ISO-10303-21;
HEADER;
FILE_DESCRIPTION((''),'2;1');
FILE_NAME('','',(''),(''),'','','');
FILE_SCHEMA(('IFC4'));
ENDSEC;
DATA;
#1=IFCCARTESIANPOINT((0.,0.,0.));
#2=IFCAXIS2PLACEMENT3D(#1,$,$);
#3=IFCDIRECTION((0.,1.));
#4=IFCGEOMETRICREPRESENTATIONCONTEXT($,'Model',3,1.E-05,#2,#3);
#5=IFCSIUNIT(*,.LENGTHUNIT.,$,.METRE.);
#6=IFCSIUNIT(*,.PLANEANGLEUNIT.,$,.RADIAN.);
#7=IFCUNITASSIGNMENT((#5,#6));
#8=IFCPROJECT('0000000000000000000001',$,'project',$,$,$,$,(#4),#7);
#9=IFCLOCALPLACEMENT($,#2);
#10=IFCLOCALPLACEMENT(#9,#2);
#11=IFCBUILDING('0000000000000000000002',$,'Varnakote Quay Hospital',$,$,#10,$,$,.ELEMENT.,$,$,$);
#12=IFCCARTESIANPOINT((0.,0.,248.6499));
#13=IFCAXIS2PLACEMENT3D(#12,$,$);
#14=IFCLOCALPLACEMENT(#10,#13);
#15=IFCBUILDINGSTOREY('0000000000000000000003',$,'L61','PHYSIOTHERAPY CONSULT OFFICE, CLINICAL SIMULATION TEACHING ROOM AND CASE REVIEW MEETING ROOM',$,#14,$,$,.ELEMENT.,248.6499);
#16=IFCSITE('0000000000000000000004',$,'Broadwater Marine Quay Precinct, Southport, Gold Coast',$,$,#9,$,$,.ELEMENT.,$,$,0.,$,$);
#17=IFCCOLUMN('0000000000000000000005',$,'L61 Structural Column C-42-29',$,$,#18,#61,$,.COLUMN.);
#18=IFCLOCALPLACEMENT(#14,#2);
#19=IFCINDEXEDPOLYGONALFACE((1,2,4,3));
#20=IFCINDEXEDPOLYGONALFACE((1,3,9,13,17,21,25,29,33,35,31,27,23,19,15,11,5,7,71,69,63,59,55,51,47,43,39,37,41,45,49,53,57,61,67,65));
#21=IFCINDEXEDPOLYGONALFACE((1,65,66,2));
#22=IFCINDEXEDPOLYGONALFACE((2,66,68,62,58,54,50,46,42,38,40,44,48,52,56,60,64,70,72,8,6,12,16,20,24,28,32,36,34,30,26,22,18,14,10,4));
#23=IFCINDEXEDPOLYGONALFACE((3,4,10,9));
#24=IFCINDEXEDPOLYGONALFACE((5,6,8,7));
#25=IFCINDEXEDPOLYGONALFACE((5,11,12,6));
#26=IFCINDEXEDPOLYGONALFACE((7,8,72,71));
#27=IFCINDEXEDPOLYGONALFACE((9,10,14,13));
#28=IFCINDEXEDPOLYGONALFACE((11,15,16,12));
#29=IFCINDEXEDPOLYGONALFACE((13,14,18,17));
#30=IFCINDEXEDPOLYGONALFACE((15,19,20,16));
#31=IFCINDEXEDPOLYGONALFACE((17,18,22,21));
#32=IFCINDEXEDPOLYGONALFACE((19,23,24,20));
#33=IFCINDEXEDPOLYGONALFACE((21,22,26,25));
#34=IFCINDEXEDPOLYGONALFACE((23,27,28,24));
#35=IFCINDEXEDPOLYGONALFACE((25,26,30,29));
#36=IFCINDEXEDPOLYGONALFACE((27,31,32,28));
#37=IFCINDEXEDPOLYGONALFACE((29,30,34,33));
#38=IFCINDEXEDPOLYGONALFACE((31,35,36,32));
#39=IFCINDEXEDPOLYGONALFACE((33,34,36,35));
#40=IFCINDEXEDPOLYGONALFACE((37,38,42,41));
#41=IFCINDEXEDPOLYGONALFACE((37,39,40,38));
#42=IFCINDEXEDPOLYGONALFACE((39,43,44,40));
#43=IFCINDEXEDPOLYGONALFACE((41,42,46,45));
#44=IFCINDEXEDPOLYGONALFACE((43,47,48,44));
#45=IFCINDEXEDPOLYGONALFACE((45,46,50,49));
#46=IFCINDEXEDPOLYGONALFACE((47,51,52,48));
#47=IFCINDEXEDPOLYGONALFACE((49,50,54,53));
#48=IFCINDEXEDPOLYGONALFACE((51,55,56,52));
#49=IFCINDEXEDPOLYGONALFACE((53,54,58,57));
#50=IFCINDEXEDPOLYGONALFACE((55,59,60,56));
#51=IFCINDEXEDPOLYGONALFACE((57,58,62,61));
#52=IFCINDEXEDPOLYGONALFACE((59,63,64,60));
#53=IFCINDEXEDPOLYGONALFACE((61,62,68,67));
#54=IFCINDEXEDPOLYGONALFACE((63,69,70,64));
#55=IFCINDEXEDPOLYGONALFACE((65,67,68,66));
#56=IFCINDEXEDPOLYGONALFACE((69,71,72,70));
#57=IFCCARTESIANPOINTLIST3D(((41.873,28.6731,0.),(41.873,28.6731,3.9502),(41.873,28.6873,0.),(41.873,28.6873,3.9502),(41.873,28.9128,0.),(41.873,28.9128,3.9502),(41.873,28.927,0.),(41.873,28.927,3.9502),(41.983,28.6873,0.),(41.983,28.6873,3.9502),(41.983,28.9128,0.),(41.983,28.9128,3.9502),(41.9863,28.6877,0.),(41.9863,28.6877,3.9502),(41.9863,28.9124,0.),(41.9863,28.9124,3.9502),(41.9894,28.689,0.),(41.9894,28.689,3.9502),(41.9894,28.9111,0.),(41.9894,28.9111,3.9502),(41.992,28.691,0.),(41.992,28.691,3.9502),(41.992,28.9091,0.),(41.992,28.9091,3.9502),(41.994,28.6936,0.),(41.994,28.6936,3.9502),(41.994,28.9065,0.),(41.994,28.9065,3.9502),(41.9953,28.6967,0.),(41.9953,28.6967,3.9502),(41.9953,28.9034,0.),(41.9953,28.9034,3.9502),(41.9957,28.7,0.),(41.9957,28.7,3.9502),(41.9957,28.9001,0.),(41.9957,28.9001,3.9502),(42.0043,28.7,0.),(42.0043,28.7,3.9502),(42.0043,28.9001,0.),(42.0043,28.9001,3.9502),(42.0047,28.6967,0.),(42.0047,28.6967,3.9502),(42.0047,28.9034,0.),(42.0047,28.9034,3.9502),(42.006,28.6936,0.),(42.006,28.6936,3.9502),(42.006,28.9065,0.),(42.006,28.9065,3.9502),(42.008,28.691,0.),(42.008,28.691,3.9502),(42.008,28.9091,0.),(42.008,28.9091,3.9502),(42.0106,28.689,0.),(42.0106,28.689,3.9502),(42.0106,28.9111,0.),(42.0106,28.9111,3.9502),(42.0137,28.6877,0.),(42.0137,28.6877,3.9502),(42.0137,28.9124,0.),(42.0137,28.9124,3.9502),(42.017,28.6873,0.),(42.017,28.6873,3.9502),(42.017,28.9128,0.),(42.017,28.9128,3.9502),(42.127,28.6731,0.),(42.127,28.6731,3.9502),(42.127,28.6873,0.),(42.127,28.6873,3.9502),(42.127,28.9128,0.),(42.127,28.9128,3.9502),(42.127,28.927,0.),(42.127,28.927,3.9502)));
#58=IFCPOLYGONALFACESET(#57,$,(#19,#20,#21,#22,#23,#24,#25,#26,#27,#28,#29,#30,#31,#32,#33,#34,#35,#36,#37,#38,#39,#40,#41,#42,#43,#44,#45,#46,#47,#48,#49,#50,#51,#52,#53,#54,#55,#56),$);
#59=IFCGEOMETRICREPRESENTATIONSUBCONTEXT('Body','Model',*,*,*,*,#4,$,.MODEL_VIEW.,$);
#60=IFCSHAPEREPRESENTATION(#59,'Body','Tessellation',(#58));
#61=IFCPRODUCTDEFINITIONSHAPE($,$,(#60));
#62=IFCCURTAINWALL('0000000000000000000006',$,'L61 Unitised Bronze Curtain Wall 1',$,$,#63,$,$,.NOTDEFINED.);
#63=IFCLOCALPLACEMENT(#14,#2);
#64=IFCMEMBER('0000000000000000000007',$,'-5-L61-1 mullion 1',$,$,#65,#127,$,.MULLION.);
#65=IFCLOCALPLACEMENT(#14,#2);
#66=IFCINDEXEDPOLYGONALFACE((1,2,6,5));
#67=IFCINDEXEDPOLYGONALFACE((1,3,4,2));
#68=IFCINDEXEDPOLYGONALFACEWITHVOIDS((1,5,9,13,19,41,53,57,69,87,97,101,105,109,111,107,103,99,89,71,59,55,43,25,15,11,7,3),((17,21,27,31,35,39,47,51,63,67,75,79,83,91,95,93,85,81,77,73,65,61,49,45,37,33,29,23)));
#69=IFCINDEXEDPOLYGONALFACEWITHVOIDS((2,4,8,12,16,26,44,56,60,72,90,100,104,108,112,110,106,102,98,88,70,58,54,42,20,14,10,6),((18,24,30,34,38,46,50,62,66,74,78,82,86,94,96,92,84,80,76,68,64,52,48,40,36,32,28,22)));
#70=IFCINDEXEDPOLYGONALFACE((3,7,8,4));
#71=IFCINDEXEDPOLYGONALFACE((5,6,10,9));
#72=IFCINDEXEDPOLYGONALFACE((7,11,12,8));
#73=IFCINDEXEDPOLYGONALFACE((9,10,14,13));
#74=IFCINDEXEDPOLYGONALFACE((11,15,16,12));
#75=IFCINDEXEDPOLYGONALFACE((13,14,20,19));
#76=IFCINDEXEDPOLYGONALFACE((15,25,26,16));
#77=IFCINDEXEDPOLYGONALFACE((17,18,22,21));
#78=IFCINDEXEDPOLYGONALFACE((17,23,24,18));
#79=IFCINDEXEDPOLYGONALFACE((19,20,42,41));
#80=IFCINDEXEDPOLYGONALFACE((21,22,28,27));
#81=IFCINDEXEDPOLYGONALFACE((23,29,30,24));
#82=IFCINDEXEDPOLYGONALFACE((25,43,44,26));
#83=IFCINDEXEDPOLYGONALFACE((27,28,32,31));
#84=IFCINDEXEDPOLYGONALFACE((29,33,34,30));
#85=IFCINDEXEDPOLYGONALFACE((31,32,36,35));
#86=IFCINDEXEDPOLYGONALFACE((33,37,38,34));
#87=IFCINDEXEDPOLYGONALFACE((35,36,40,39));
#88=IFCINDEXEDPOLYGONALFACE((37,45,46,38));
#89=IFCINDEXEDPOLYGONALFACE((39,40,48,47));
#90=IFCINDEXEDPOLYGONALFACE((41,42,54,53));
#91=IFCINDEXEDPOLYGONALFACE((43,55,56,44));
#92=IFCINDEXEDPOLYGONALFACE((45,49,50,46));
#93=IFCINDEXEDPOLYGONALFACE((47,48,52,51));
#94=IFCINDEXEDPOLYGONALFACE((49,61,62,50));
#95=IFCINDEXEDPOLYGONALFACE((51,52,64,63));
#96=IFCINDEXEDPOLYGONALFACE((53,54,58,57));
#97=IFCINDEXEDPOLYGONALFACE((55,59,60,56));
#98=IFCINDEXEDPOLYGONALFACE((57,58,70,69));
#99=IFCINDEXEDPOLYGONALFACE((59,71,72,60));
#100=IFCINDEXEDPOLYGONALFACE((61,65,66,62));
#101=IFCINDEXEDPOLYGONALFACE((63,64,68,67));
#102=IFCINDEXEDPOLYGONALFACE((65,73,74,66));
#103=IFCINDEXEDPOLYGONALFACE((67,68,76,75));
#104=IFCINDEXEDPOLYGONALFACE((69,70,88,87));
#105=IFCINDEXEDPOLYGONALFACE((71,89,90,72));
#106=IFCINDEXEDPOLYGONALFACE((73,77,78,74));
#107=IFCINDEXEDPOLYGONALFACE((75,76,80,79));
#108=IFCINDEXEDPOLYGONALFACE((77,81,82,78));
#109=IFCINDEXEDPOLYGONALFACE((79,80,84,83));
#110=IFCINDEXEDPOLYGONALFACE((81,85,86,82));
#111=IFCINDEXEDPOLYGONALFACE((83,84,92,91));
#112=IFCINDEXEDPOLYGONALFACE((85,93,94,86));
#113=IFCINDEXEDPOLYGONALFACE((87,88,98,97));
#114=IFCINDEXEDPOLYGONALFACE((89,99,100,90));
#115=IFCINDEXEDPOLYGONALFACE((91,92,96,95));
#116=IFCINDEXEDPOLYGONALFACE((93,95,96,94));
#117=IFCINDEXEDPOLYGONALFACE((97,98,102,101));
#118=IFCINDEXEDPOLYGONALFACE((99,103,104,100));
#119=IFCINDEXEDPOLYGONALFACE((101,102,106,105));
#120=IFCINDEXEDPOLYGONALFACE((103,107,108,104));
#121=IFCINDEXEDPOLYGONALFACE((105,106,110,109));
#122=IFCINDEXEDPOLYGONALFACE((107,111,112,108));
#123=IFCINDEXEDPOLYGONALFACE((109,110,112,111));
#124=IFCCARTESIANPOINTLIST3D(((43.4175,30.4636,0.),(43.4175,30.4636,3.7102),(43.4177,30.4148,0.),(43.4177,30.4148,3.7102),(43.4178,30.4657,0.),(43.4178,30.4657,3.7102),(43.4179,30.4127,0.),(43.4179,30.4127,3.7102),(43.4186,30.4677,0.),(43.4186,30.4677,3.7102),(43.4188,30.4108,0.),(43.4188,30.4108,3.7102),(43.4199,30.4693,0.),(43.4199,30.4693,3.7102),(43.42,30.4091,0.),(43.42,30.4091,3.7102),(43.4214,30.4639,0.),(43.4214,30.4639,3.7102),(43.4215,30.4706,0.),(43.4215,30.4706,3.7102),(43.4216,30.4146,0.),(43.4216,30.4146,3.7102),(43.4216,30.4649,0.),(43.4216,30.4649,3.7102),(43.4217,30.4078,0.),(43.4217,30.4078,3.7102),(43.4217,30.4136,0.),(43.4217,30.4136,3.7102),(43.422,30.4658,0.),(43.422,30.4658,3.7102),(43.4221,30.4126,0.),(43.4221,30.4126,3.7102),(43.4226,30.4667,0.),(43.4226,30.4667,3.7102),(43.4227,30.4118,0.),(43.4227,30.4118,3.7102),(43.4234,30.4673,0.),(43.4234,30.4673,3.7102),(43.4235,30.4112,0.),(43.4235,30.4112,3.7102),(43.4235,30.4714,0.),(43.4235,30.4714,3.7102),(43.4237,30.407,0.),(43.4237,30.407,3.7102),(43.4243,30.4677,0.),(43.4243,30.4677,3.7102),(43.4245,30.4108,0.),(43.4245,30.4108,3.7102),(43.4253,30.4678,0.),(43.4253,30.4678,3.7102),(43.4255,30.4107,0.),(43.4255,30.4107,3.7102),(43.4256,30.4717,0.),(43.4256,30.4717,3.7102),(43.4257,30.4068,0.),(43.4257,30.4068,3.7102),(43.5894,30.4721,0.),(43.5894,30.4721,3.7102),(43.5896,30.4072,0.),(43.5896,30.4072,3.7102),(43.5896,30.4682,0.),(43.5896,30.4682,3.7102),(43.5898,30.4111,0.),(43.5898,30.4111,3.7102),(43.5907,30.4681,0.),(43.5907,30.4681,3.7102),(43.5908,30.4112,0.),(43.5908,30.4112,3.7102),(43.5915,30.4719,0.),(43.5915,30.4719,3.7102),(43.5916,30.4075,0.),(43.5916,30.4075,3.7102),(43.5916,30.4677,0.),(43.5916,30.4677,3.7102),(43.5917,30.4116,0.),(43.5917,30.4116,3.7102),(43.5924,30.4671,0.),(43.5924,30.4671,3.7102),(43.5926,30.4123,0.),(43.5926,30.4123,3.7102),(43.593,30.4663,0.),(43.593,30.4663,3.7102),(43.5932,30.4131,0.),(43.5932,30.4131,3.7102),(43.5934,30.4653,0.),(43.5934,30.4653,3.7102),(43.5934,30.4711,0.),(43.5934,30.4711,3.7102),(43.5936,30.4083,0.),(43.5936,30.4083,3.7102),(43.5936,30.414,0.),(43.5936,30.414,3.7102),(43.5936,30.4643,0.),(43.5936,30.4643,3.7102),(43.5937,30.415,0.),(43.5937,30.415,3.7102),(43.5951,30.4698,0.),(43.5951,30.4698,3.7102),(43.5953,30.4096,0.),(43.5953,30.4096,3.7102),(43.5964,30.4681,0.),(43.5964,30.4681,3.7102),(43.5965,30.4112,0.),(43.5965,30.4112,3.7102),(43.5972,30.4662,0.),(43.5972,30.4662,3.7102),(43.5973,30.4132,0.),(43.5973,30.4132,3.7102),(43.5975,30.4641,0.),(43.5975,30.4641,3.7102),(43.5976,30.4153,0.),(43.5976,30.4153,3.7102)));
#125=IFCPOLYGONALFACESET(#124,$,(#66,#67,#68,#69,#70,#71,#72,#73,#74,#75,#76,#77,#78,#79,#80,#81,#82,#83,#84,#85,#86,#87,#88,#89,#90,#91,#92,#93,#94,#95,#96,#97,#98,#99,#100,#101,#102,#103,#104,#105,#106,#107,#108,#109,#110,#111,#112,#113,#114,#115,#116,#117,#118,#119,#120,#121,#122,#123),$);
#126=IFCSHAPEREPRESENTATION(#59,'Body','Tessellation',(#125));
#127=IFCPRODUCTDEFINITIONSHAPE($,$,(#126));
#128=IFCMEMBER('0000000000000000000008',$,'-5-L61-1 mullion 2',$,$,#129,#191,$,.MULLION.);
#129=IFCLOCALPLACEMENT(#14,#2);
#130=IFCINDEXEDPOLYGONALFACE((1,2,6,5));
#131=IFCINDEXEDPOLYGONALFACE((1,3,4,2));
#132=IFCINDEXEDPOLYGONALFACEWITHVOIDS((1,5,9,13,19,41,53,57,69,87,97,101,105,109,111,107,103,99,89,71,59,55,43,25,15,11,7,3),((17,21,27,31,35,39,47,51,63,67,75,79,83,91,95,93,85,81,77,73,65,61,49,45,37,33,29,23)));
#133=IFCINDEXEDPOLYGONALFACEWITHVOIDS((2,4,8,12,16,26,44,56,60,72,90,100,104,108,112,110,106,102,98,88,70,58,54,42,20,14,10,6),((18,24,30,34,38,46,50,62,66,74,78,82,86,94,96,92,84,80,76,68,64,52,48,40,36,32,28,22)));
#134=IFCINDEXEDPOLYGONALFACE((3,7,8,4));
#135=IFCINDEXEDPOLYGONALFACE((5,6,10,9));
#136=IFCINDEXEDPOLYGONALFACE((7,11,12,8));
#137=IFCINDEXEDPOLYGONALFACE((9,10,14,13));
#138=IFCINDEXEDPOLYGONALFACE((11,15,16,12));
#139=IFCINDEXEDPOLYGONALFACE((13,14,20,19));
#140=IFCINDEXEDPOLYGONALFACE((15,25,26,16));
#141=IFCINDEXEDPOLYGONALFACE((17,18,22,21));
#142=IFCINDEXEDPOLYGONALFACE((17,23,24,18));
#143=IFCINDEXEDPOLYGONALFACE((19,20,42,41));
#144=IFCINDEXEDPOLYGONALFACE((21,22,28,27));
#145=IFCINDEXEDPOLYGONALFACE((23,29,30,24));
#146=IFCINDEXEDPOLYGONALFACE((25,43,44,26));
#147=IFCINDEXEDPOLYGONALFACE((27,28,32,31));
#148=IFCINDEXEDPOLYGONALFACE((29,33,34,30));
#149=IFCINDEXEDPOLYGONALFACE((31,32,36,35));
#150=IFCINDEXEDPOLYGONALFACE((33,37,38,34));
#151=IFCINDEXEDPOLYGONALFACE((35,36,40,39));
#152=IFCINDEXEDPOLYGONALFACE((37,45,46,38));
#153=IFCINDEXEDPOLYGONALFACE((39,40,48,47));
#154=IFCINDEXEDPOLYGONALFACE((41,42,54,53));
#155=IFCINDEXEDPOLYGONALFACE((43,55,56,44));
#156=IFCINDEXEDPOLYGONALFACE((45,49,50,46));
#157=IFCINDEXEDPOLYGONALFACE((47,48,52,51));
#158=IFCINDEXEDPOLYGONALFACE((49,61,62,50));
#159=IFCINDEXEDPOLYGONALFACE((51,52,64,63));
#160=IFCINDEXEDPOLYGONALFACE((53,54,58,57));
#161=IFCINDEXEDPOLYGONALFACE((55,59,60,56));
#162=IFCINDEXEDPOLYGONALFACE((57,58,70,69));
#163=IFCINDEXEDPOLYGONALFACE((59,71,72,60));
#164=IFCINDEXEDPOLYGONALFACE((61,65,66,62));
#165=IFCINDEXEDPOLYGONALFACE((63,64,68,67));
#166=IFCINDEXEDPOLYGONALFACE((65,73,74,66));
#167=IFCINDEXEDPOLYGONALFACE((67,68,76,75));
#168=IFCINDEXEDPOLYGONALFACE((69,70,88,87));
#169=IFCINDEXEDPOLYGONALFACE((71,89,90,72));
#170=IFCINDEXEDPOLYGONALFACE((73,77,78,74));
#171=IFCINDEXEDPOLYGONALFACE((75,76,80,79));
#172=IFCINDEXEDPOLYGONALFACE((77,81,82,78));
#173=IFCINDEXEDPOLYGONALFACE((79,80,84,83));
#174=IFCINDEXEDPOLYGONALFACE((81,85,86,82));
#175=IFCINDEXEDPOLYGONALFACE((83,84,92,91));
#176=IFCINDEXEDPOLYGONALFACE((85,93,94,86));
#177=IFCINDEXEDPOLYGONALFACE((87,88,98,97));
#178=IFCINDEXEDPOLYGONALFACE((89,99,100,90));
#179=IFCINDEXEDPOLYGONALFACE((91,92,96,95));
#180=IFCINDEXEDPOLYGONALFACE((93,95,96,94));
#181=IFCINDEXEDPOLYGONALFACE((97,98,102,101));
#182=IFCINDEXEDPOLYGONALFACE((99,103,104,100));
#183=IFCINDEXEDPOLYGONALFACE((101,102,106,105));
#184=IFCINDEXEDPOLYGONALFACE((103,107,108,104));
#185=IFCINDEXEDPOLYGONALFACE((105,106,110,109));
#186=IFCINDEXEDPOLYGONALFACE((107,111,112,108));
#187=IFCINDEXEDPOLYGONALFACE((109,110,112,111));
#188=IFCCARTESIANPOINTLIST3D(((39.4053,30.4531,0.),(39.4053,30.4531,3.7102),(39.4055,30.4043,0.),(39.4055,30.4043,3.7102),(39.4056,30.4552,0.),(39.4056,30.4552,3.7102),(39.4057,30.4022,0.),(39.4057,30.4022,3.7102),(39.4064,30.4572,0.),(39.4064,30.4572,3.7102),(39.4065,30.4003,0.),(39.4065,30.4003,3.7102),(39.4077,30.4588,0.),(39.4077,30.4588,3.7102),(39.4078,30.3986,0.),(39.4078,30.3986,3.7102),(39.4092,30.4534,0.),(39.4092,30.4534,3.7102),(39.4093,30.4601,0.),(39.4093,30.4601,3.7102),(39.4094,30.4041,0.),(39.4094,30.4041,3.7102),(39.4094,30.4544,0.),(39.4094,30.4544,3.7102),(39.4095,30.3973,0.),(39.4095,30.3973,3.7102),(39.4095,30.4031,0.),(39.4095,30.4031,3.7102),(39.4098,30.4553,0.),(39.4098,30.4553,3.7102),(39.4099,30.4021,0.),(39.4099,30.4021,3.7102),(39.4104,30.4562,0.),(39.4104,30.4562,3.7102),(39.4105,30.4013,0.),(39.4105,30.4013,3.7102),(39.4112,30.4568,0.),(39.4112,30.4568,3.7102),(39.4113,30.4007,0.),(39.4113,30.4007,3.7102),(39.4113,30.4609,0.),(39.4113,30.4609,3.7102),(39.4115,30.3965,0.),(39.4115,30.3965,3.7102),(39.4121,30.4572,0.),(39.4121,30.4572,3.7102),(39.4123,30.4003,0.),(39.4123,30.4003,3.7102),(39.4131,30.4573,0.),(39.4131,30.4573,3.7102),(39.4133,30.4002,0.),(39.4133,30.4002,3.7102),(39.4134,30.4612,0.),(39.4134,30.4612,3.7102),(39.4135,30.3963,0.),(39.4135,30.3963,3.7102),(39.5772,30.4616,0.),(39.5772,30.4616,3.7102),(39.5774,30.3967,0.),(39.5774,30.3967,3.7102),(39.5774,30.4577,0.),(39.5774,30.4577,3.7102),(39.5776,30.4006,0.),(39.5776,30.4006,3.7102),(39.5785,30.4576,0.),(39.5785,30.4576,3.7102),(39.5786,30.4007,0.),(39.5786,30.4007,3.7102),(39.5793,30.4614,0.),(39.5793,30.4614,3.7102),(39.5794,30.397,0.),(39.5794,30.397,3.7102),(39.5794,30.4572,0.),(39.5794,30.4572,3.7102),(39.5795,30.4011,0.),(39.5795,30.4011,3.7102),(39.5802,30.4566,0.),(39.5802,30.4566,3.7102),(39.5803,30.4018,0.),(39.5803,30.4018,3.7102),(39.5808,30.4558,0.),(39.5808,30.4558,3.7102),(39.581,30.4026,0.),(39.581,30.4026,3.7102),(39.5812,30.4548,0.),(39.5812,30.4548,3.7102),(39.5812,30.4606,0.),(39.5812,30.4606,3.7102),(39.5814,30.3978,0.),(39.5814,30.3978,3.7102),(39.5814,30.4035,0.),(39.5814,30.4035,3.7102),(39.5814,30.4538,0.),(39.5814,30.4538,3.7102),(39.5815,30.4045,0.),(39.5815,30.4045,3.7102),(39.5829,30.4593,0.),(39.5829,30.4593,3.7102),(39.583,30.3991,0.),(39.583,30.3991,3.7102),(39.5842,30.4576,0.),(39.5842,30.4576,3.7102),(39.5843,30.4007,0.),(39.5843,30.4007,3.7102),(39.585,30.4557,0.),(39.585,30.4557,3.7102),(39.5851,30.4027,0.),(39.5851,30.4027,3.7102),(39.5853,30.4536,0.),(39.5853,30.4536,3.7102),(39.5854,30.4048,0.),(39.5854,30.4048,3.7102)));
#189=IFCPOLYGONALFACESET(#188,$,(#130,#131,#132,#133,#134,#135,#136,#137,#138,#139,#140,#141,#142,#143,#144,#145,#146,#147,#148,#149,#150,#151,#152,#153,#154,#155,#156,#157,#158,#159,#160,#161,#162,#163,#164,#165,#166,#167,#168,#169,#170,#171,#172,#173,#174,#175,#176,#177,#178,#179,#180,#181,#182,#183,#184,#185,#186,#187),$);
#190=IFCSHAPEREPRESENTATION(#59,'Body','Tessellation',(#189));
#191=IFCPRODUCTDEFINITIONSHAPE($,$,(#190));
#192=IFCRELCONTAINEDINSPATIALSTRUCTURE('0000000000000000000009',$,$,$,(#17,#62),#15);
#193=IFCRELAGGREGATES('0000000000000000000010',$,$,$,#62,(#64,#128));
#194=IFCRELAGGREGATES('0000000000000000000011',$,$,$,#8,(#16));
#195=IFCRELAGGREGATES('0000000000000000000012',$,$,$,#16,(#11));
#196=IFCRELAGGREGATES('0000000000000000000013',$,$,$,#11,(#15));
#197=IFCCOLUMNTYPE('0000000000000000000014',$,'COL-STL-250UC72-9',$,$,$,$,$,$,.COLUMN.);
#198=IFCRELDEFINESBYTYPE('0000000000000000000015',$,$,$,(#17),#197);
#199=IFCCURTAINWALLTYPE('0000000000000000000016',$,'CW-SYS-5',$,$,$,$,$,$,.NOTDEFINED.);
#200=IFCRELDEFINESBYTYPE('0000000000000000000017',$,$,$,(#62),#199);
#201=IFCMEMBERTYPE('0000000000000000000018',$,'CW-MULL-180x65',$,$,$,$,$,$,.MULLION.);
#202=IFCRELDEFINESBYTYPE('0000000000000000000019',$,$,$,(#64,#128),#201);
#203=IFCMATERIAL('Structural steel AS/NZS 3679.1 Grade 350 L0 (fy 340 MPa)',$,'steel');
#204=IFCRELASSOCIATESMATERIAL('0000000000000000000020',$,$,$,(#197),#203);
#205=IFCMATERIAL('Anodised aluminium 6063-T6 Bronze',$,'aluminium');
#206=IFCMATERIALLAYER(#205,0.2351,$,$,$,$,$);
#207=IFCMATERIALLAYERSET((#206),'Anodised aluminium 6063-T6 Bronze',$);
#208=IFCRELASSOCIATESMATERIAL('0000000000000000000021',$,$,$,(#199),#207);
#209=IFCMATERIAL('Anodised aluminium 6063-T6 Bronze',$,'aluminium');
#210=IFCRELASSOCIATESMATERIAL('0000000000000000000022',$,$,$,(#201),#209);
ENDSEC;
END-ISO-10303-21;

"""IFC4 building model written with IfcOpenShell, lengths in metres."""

from ifc_helpers import new_model, si_unit, direction, frame, origin, origin_2d, place, context, subcontext, project, spatial, hollow_rectangle, i_section, extrude, material, layer, layer_set, material_profile, profile_set, type_object, element, aggregate, save


model = new_model("IFC4")

# Units and contexts
model_context = context("Model", 3, precision=1e-05, world=origin(), true_north=direction((0.0, 1.0)))
body_context = subcontext(model_context, "Body", "Model", "MODEL_VIEW")
ifc_project = project(units=[si_unit("LENGTHUNIT", "METRE"), si_unit("PLANEANGLEUNIT", "RADIAN")], contexts=[model_context])

# Site, building, storey
site_placement = place(None, origin())
site = spatial("IfcSite", under=ifc_project, at=site_placement, Name="Broadwater Marine Quay Precinct, Southport, Gold Coast", CompositionType="ELEMENT", RefElevation=0.0)
building_placement = place(site_placement, origin())
building = spatial("IfcBuilding", under=site, at=building_placement, Name="Varnakote Quay Hospital", CompositionType="ELEMENT")
storey_placement = place(building_placement, frame((0.0, 0.0, 248.6499)))
storey = spatial("IfcBuildingStorey", under=building, at=storey_placement, Name="L61", Description="PHYSIOTHERAPY CONSULT OFFICE, CLINICAL SIMULATION TEACHING ROOM AND CASE REVIEW MEETING ROOM", CompositionType="ELEMENT", Elevation=248.6499)

# Column
ifc_material_1 = material(Name="Structural steel AS/NZS 3679.1 Grade 350 L0 (fy 340 MPa)", Category="steel")
ifc_material_profile_1 = material_profile(ifc_material_1, i_section(OverallWidth=0.2539, OverallDepth=0.2539, WebThickness=0.0085, FlangeThickness=0.0142, FilletRadius=0.0127, at=origin_2d()), Name="250UC72.9")
ifc_profile_set_1 = profile_set([ifc_material_profile_1], Name="Structural steel AS/NZS 3679.1 Grade 350 L0 (fy 340 MPa)")
column_type = type_object("IfcColumnType", Name="COL-STL-250UC72-9", PredefinedType="COLUMN", material=ifc_profile_set_1)
column_placement = place(storey_placement, frame((42.0, 28.8, 0.0), z_axis=(0.0, 0.0, 1.0), x_axis=(1.0, 0.0, 0.0)))
element("IfcColumn", 1, at=column_placement, inside=storey, type_object=column_type, Name="L61 Structural Column C-42-29", PredefinedType="COLUMN", context=body_context, shape_type="SweptSolid", body=[
    extrude(i_section(OverallWidth=0.2539, OverallDepth=0.2539, WebThickness=0.0085, FlangeThickness=0.0142, FilletRadius=0.0127, at=origin_2d()), origin(), (0.0, 0.0, 1.0), 3.9502),
])

# Curtain wall, members
ifc_material_2 = material(Name="Anodised aluminium 6063-T6 Bronze", Category="aluminium")
ifc_layer_1 = layer(ifc_material_2, 0.2351)
ifc_layer_set_1 = layer_set([ifc_layer_1], Name="Anodised aluminium 6063-T6 Bronze")
curtain_wall_type = type_object("IfcCurtainWallType", Name="CW-SYS-5", PredefinedType="NOTDEFINED", material=ifc_layer_set_1)
curtain_wall_placement = place(storey_placement, origin())
curtain_wall = element("IfcCurtainWall", 2, at=curtain_wall_placement, inside=storey, type_object=curtain_wall_type, Name="L61 Unitised Bronze Curtain Wall 1", PredefinedType="NOTDEFINED")
ifc_material_3 = material(Name="Anodised aluminium 6063-T6 Bronze", Category="aluminium")
ifc_material_profile_2 = material_profile(ifc_material_3, hollow_rectangle(XDim=0.0649, YDim=0.1799, WallThickness=0.0039, InnerFilletRadius=0.0039, OuterFilletRadius=0.0081, at=origin_2d()), Name="CW-MULL-180x65")
ifc_profile_set_2 = profile_set([ifc_material_profile_2], Name="Anodised aluminium 6063-T6 Bronze")
member_type_1 = type_object("IfcMemberType", Name="CW-MULL-180x65", PredefinedType="MULLION", material=ifc_profile_set_2)
member_1_placement = place(storey_placement, frame((43.5076, 30.4395, 0.0), z_axis=(0.0, 0.0, 1.0), x_axis=(0.002604, -0.999997, 0.0)))
member_1 = element("IfcMember", 3, at=member_1_placement, type_object=member_type_1, Name="-5-L61-1 mullion 1", PredefinedType="MULLION", context=body_context, shape_type="SweptSolid", body=[
    extrude(hollow_rectangle(XDim=0.0649, YDim=0.1799, WallThickness=0.0039, InnerFilletRadius=0.0039, OuterFilletRadius=0.0081, at=origin_2d()), origin(), (0.0, 0.0, 1.0), 3.7102),
])
member_2_placement = place(storey_placement, frame((39.4954, 30.429, 0.0), z_axis=(0.0, 0.0, 1.0), x_axis=(0.002604, -0.999997, 0.0)))
member_2 = element("IfcMember", 4, at=member_2_placement, type_object=member_type_1, Name="-5-L61-1 mullion 2", PredefinedType="MULLION", context=body_context, shape_type="SweptSolid", body=[
    extrude(hollow_rectangle(XDim=0.0649, YDim=0.1799, WallThickness=0.0039, InnerFilletRadius=0.0039, OuterFilletRadius=0.0081, at=origin_2d()), origin(), (0.0, 0.0, 1.0), 3.7102),
])

aggregate(curtain_wall, [member_1, member_2])

save(model, "model.ifc")
